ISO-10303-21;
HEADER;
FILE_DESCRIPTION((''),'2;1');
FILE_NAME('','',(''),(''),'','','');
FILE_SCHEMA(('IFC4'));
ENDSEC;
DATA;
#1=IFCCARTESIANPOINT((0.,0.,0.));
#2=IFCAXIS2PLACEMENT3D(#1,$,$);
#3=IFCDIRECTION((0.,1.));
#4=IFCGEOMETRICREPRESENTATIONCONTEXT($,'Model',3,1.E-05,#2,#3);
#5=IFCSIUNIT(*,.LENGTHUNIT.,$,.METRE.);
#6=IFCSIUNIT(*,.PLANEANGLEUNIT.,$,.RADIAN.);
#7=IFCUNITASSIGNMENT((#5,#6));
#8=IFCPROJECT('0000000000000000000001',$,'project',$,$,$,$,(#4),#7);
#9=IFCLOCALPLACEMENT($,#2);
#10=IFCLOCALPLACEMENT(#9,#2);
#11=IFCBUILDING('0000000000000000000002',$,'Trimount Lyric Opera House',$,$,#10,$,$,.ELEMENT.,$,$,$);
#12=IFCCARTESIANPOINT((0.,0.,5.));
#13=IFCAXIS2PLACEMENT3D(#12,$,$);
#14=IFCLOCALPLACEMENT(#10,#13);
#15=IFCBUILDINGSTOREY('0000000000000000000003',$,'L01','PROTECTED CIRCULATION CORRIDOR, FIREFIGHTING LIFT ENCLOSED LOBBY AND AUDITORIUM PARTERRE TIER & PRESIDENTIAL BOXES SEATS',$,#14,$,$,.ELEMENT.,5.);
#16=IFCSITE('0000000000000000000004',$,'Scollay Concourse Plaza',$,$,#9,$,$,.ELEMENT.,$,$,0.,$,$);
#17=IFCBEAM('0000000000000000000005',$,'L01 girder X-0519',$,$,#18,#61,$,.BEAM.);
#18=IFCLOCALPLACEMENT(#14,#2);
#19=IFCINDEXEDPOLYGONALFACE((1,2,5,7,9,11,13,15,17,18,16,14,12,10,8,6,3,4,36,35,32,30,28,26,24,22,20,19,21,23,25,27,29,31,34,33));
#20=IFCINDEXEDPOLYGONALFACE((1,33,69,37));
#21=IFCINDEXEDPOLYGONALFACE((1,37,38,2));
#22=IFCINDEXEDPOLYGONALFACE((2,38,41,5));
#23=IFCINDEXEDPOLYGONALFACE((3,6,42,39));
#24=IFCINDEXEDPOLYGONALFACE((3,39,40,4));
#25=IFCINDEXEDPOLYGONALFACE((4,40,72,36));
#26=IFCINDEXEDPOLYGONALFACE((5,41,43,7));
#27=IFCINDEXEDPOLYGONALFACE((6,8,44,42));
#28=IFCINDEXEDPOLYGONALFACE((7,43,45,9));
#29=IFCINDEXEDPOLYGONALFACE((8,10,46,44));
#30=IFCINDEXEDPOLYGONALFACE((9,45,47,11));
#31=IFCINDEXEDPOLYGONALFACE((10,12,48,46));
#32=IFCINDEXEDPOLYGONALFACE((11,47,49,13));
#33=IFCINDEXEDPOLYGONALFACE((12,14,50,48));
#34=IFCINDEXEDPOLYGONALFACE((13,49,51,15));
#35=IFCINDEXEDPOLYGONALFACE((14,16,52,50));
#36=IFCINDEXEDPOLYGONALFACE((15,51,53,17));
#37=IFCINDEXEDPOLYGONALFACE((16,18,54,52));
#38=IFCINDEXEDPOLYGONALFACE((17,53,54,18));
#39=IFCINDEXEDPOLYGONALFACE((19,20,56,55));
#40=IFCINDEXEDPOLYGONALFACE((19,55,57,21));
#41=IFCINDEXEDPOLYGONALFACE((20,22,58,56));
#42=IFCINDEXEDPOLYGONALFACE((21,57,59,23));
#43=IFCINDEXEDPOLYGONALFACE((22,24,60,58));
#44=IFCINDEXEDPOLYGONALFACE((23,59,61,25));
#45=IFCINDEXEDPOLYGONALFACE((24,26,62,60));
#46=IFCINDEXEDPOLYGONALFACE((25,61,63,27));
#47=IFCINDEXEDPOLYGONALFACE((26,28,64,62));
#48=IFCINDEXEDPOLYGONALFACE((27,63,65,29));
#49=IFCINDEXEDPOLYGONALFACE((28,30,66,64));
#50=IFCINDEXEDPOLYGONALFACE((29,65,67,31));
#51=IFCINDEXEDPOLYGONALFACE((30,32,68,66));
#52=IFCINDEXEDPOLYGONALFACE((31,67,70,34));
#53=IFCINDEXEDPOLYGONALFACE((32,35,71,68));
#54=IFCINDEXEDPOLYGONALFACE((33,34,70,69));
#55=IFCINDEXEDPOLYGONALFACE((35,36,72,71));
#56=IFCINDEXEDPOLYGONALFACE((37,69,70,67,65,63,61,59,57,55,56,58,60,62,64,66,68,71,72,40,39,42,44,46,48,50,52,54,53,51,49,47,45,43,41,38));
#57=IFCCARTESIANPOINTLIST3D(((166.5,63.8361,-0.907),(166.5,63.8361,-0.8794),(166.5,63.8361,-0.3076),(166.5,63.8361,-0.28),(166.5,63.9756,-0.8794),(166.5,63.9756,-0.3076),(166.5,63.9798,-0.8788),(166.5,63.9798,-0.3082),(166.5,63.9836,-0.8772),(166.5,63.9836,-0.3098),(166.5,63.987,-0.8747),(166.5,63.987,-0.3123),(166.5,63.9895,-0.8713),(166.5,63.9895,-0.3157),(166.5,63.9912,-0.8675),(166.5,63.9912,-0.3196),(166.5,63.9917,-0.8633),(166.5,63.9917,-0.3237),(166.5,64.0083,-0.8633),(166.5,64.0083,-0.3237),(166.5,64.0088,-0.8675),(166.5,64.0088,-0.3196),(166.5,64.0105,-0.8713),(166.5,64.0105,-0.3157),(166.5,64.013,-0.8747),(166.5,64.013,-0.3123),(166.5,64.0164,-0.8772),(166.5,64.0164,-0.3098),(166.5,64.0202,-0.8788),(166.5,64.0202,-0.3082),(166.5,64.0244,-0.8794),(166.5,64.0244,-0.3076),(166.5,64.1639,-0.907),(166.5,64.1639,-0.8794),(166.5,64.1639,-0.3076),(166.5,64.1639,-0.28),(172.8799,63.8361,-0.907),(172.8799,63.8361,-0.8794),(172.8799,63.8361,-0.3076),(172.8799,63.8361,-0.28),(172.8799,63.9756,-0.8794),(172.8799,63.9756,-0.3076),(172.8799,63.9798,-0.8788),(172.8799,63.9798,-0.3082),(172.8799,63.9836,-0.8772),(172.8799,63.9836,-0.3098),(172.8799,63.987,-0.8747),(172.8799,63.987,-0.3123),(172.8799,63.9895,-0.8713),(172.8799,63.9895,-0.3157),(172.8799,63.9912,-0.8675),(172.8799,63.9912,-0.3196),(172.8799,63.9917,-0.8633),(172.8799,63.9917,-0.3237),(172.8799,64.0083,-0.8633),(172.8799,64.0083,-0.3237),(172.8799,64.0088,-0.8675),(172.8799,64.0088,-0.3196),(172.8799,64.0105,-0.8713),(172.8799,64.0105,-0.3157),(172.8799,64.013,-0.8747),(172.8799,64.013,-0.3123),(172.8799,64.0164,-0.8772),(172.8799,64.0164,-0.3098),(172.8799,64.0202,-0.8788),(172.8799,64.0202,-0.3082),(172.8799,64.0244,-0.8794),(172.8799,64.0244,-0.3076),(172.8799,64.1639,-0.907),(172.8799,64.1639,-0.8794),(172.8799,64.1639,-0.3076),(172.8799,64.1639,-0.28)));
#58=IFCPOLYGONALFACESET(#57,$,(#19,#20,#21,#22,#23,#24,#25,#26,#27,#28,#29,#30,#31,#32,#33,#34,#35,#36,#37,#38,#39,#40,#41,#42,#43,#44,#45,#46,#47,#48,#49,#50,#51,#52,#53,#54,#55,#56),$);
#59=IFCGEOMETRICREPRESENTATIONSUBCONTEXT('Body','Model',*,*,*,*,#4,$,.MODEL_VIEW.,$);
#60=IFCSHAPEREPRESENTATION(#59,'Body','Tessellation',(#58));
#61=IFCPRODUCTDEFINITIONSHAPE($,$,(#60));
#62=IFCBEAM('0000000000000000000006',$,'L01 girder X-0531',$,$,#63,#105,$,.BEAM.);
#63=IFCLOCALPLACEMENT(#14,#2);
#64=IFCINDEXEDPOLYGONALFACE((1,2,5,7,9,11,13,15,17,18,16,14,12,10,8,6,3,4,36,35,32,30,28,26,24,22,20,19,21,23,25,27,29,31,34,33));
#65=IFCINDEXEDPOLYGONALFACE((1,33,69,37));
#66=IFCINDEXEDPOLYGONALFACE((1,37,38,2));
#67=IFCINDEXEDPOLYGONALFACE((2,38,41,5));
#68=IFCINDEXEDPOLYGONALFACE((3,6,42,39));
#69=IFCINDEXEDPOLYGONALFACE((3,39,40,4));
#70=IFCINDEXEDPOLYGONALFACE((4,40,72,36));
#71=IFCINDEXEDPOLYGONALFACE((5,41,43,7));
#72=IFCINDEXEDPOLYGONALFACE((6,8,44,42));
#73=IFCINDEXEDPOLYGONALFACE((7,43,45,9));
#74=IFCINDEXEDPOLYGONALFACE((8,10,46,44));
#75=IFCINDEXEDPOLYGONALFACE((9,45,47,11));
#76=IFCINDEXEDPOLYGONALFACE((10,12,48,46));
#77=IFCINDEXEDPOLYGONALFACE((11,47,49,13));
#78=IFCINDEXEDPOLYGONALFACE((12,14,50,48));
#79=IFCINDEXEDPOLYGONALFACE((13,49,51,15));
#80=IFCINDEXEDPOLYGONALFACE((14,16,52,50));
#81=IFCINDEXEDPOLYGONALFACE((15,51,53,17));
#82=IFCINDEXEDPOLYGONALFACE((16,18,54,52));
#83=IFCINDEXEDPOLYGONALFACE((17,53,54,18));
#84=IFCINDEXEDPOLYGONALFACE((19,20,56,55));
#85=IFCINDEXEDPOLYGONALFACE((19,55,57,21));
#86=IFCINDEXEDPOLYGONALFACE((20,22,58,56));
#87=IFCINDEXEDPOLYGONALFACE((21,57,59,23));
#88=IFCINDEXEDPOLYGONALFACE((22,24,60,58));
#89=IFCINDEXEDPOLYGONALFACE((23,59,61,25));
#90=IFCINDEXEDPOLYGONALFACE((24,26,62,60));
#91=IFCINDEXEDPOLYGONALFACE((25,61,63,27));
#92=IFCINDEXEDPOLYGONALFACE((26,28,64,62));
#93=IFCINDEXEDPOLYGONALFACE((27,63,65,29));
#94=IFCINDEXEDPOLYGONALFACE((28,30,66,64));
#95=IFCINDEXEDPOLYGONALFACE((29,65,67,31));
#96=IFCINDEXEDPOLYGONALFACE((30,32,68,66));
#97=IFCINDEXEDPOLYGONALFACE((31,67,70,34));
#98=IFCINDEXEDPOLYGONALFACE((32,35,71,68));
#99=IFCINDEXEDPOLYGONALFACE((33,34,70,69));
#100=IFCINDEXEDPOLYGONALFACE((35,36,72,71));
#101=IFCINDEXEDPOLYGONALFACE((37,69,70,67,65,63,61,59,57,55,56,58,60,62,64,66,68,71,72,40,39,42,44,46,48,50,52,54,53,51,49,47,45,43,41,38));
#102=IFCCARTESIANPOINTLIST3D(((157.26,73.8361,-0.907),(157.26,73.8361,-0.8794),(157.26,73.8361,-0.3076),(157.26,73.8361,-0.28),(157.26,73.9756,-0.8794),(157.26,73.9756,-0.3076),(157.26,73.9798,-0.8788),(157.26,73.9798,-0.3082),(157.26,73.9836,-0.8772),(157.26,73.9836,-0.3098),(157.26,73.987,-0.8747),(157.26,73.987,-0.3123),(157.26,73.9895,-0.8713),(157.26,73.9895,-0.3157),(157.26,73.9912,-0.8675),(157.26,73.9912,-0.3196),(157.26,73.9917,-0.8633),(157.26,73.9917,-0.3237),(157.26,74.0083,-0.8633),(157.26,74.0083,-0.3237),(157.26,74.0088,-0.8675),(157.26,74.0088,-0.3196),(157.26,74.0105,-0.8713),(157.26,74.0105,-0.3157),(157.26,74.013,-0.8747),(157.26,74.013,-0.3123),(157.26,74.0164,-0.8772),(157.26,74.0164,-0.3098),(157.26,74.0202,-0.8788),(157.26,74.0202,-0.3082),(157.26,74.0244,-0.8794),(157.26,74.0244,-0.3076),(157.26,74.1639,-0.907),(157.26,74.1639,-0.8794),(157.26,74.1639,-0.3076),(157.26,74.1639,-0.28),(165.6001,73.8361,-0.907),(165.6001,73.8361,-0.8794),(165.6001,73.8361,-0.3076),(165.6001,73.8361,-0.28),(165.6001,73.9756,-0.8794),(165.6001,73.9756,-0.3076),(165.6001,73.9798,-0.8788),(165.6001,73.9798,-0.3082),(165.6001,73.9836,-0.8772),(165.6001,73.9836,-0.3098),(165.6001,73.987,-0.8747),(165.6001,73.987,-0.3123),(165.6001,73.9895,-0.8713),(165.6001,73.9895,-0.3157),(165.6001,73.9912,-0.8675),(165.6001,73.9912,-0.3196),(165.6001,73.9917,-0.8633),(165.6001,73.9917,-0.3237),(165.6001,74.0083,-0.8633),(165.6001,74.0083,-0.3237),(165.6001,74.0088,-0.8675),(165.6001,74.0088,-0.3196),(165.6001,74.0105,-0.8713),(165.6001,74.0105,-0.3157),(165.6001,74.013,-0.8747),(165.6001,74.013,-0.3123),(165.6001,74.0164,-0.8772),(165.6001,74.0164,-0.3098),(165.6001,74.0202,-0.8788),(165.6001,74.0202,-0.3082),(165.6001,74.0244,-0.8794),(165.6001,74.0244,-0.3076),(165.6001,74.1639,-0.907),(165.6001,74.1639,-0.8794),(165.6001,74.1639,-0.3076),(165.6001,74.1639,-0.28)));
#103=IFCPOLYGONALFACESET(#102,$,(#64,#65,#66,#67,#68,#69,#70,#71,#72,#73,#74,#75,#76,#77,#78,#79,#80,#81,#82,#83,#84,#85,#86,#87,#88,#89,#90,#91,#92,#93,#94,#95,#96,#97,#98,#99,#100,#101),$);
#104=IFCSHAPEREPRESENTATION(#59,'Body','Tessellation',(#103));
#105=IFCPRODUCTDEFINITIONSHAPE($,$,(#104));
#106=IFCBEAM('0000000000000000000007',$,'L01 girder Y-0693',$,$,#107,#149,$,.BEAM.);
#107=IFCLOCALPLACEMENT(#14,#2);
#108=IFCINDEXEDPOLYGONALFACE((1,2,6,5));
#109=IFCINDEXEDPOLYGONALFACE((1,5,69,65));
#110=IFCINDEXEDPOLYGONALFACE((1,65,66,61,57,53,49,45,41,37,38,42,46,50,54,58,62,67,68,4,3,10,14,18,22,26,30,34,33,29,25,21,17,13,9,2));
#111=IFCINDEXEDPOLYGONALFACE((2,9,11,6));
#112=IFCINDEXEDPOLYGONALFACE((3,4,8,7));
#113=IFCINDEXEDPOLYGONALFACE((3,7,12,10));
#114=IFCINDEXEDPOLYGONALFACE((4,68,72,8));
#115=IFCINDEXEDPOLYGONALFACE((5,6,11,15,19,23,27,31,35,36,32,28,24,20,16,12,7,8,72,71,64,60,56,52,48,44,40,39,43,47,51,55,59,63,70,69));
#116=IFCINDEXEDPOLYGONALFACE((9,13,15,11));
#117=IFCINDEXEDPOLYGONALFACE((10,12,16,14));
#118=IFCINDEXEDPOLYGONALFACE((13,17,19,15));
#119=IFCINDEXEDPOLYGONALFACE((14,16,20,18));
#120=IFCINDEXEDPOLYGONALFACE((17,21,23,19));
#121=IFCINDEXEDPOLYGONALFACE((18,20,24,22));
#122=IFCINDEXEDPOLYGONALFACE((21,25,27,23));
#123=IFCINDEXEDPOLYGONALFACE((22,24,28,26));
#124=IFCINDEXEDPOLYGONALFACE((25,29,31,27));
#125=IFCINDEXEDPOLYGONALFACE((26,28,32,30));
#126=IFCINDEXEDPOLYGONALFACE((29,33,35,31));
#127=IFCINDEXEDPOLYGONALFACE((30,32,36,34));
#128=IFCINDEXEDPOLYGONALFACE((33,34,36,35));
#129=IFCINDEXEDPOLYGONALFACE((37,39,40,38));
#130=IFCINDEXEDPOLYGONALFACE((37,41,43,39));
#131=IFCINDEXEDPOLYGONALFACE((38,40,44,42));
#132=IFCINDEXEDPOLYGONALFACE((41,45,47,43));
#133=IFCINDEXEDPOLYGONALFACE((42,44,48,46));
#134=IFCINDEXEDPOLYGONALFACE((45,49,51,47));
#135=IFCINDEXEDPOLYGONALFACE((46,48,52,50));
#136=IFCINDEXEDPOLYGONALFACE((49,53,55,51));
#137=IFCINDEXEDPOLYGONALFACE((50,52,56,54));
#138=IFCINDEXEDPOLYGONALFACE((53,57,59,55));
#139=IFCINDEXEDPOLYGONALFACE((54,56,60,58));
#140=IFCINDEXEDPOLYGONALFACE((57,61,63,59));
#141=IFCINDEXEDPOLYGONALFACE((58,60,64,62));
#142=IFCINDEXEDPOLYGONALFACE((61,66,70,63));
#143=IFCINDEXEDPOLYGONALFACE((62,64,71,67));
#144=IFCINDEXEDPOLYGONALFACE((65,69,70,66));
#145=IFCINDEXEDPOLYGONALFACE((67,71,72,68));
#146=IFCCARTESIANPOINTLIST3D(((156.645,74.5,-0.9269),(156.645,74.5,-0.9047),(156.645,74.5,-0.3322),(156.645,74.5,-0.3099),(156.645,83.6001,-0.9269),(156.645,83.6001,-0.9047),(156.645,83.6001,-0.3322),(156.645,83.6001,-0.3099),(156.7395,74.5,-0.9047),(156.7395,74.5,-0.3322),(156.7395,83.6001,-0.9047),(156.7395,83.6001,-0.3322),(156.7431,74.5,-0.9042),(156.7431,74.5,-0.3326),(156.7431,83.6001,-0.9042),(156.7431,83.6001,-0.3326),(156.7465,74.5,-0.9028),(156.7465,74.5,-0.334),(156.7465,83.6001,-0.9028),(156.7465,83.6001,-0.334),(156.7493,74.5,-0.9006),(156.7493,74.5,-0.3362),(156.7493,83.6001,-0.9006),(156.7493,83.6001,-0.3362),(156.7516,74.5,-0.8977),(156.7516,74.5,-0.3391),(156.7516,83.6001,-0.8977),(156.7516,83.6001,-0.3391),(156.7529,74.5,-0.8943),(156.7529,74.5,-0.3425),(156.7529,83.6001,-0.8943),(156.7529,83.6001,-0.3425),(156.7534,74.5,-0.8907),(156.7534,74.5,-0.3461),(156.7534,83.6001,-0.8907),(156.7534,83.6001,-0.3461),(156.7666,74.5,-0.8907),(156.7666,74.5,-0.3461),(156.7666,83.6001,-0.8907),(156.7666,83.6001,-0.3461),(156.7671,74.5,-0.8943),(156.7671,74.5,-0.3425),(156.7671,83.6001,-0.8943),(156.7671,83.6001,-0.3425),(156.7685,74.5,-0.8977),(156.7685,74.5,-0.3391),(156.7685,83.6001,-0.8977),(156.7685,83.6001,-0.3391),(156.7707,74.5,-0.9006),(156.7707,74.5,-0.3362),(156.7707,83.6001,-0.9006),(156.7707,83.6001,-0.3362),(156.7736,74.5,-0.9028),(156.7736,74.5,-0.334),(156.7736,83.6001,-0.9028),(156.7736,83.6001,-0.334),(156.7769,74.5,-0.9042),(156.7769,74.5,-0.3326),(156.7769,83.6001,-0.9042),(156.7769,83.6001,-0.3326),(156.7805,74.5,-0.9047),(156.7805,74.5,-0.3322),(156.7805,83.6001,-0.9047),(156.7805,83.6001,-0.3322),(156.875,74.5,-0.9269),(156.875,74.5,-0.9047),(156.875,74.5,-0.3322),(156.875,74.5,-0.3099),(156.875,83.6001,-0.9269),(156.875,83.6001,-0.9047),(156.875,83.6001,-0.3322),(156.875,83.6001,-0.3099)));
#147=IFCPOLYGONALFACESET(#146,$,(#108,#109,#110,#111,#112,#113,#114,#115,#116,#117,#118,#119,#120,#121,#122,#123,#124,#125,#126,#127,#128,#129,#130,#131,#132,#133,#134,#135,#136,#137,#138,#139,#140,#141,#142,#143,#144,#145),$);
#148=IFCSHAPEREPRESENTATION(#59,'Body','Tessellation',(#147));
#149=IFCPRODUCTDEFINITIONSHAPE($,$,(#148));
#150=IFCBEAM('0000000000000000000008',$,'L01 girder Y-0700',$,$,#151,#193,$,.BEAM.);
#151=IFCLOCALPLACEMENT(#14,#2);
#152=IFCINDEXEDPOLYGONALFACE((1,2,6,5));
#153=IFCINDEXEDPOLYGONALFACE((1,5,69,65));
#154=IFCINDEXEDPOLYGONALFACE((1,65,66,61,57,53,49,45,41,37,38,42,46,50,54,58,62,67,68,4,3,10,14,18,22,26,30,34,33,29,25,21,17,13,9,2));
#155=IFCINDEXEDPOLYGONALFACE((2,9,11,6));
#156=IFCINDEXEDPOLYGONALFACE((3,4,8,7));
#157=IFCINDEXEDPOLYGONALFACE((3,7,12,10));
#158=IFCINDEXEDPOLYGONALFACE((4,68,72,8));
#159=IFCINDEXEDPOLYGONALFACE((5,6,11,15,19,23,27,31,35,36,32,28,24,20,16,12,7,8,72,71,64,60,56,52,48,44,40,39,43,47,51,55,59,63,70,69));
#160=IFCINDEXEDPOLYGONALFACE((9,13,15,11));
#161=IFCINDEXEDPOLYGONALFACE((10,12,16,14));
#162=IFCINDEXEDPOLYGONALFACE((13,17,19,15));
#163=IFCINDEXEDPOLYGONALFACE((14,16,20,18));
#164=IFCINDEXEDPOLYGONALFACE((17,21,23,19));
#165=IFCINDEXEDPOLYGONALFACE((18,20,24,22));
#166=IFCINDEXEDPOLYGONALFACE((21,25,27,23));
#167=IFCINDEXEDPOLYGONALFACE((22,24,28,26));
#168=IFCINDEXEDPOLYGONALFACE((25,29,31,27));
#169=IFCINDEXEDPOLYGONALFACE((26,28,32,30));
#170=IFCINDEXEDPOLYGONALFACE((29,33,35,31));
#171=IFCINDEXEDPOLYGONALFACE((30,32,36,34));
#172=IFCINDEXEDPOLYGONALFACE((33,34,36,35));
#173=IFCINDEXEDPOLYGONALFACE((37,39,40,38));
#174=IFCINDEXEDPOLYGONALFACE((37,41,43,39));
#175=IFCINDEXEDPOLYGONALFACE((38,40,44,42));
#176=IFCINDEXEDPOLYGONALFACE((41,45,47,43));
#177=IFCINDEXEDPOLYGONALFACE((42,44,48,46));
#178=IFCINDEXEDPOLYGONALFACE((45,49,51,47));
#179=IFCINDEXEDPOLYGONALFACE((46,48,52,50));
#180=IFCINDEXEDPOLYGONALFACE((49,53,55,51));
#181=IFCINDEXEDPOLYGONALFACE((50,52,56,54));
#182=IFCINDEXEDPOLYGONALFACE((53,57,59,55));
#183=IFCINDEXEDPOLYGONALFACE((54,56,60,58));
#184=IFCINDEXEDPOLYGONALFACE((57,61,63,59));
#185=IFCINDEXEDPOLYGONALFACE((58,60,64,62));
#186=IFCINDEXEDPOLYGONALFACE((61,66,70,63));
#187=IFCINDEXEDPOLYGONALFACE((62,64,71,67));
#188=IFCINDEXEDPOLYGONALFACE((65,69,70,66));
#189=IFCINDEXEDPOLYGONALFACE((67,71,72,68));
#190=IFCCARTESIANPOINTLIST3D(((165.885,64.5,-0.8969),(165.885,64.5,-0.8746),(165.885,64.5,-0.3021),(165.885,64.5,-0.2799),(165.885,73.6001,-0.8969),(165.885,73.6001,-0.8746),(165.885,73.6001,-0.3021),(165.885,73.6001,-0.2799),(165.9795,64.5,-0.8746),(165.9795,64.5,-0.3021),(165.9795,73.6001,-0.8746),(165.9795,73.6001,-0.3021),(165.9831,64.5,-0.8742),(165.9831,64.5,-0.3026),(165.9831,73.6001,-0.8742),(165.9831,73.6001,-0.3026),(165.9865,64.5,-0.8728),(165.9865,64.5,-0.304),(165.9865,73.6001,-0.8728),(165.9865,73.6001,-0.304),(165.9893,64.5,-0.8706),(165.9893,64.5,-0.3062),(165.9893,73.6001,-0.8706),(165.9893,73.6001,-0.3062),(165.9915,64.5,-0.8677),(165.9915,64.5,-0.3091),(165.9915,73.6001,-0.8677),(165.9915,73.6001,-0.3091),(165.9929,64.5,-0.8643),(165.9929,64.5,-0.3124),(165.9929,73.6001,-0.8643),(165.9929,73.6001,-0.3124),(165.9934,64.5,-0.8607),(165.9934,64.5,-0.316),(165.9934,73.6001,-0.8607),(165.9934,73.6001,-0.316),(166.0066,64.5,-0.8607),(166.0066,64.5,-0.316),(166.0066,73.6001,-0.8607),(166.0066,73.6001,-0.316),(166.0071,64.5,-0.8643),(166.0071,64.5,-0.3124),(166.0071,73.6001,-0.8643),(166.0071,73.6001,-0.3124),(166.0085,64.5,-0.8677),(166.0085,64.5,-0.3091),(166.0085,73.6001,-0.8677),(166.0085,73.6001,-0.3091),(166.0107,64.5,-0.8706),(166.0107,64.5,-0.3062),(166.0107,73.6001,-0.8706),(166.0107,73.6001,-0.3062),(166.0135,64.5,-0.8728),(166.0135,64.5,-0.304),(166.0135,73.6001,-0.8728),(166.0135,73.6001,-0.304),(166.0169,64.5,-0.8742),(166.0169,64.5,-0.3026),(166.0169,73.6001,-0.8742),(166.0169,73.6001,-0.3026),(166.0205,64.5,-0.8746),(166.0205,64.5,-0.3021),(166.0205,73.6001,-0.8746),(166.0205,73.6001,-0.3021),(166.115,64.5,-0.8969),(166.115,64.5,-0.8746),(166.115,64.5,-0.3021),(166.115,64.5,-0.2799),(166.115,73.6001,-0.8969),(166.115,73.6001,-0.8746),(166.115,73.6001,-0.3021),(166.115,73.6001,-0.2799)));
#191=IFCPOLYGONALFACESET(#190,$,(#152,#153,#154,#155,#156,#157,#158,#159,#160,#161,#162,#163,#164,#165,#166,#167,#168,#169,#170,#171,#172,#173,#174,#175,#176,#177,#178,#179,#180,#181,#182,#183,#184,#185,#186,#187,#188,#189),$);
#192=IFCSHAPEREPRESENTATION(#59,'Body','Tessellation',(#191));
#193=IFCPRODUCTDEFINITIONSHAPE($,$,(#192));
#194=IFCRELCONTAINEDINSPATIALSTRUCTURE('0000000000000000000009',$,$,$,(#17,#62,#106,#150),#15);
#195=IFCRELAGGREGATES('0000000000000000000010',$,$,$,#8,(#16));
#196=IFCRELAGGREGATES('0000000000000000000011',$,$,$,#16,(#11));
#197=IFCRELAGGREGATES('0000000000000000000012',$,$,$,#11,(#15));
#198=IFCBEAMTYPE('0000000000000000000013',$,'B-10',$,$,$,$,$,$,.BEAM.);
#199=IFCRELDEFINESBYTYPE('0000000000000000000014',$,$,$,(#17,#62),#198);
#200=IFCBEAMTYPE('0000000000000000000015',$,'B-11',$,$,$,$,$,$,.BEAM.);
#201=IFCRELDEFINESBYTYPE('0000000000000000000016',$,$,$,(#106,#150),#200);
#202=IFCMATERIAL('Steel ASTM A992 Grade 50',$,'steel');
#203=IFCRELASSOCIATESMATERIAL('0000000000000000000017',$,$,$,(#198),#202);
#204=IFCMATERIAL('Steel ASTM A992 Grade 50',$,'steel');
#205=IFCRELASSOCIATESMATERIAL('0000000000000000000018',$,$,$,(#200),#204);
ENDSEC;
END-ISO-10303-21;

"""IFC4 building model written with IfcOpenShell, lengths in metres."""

from ifc_helpers import new_model, si_unit, direction, frame, origin, origin_2d, place, context, subcontext, project, spatial, i_section, extrude, material, material_profile, profile_set, type_object, element, save


model = new_model("IFC4")

# Units and contexts
model_context = context("Model", 3, precision=1e-05, world=origin(), true_north=direction((0.0, 1.0)))
body_context = subcontext(model_context, "Body", "Model", "MODEL_VIEW")
ifc_project = project(units=[si_unit("LENGTHUNIT", "METRE"), si_unit("PLANEANGLEUNIT", "RADIAN")], contexts=[model_context])

# Site, building, storey
site_placement = place(None, origin())
site = spatial("IfcSite", under=ifc_project, at=site_placement, Name="Scollay Concourse Plaza", CompositionType="ELEMENT", RefElevation=0.0)
building_placement = place(site_placement, origin())
building = spatial("IfcBuilding", under=site, at=building_placement, Name="Trimount Lyric Opera House", CompositionType="ELEMENT")
storey_placement = place(building_placement, frame((0.0, 0.0, 5.0)))
storey = spatial("IfcBuildingStorey", under=building, at=storey_placement, Name="L01", Description="PROTECTED CIRCULATION CORRIDOR, FIREFIGHTING LIFT ENCLOSED LOBBY AND AUDITORIUM PARTERRE TIER & PRESIDENTIAL BOXES SEATS", CompositionType="ELEMENT", Elevation=5.0)

# Beams
ifc_material_1 = material(Name="Steel ASTM A992 Grade 50", Category="steel")
ifc_material_profile_1 = material_profile(ifc_material_1, i_section(OverallWidth=0.3279, OverallDepth=0.627, WebThickness=0.0166, FlangeThickness=0.0276, FilletRadius=0.0161, at=origin_2d()), Name="W24X146")
ifc_profile_set_1 = profile_set([ifc_material_profile_1], Name="Steel ASTM A992 Grade 50")
beam_type_1 = type_object("IfcBeamType", Name="B-10", PredefinedType="BEAM", material=ifc_profile_set_1)
beam_1_placement = place(storey_placement, frame((166.5, 64.0, -0.5935), z_axis=(1.0, 0.0, 0.0), x_axis=(0.0, 1.0, 0.0)))
element("IfcBeam", 1, at=beam_1_placement, inside=storey, type_object=beam_type_1, Name="L01 girder X-0519", PredefinedType="BEAM", context=body_context, shape_type="SweptSolid", body=[
    extrude(i_section(OverallWidth=0.3279, OverallDepth=0.627, WebThickness=0.0166, FlangeThickness=0.0276, FilletRadius=0.0161, at=origin_2d()), origin(), (0.0, 0.0, 1.0), 6.3799),
])
beam_2_placement = place(storey_placement, frame((157.26, 74.0, -0.5935), z_axis=(1.0, 0.0, 0.0), x_axis=(0.0, 1.0, 0.0)))
element("IfcBeam", 2, at=beam_2_placement, inside=storey, type_object=beam_type_1, Name="L01 girder X-0531", PredefinedType="BEAM", context=body_context, shape_type="SweptSolid", body=[
    extrude(i_section(OverallWidth=0.3279, OverallDepth=0.627, WebThickness=0.0166, FlangeThickness=0.0276, FilletRadius=0.0161, at=origin_2d()), origin(), (0.0, 0.0, 1.0), 8.3401),
])
ifc_material_2 = material(Name="Steel ASTM A992 Grade 50", Category="steel")
ifc_material_profile_2 = material_profile(ifc_material_2, i_section(OverallWidth=0.23, OverallDepth=0.6169, WebThickness=0.0132, FlangeThickness=0.0222, FilletRadius=0.0139, at=origin_2d()), Name="W24X94")
ifc_profile_set_2 = profile_set([ifc_material_profile_2], Name="Steel ASTM A992 Grade 50")
beam_type_2 = type_object("IfcBeamType", Name="B-11", PredefinedType="BEAM", material=ifc_profile_set_2)
for number, where, z_axis, x_axis, name in (
    (3, (156.76, 74.5, -0.6184), (0.0, 1.0, 0.0), (-1.0, 0.0, 0.0), "L01 girder Y-0693"),
    (4, (166.0, 64.5, -0.5884), (0.0, 1.0, 0.0), (-1.0, 0.0, 0.0), "L01 girder Y-0700"),
):
    element("IfcBeam", number, at=place(storey_placement, frame(where, z_axis=z_axis, x_axis=x_axis)), inside=storey, type_object=beam_type_2, Name=name, PredefinedType="BEAM", context=body_context, shape_type="SweptSolid", body=[
        extrude(i_section(OverallWidth=0.23, OverallDepth=0.6169, WebThickness=0.0132, FlangeThickness=0.0222, FilletRadius=0.0139, at=origin_2d()), origin(), (0.0, 0.0, 1.0), 9.1001),
    ])

save(model, "model.ifc")
